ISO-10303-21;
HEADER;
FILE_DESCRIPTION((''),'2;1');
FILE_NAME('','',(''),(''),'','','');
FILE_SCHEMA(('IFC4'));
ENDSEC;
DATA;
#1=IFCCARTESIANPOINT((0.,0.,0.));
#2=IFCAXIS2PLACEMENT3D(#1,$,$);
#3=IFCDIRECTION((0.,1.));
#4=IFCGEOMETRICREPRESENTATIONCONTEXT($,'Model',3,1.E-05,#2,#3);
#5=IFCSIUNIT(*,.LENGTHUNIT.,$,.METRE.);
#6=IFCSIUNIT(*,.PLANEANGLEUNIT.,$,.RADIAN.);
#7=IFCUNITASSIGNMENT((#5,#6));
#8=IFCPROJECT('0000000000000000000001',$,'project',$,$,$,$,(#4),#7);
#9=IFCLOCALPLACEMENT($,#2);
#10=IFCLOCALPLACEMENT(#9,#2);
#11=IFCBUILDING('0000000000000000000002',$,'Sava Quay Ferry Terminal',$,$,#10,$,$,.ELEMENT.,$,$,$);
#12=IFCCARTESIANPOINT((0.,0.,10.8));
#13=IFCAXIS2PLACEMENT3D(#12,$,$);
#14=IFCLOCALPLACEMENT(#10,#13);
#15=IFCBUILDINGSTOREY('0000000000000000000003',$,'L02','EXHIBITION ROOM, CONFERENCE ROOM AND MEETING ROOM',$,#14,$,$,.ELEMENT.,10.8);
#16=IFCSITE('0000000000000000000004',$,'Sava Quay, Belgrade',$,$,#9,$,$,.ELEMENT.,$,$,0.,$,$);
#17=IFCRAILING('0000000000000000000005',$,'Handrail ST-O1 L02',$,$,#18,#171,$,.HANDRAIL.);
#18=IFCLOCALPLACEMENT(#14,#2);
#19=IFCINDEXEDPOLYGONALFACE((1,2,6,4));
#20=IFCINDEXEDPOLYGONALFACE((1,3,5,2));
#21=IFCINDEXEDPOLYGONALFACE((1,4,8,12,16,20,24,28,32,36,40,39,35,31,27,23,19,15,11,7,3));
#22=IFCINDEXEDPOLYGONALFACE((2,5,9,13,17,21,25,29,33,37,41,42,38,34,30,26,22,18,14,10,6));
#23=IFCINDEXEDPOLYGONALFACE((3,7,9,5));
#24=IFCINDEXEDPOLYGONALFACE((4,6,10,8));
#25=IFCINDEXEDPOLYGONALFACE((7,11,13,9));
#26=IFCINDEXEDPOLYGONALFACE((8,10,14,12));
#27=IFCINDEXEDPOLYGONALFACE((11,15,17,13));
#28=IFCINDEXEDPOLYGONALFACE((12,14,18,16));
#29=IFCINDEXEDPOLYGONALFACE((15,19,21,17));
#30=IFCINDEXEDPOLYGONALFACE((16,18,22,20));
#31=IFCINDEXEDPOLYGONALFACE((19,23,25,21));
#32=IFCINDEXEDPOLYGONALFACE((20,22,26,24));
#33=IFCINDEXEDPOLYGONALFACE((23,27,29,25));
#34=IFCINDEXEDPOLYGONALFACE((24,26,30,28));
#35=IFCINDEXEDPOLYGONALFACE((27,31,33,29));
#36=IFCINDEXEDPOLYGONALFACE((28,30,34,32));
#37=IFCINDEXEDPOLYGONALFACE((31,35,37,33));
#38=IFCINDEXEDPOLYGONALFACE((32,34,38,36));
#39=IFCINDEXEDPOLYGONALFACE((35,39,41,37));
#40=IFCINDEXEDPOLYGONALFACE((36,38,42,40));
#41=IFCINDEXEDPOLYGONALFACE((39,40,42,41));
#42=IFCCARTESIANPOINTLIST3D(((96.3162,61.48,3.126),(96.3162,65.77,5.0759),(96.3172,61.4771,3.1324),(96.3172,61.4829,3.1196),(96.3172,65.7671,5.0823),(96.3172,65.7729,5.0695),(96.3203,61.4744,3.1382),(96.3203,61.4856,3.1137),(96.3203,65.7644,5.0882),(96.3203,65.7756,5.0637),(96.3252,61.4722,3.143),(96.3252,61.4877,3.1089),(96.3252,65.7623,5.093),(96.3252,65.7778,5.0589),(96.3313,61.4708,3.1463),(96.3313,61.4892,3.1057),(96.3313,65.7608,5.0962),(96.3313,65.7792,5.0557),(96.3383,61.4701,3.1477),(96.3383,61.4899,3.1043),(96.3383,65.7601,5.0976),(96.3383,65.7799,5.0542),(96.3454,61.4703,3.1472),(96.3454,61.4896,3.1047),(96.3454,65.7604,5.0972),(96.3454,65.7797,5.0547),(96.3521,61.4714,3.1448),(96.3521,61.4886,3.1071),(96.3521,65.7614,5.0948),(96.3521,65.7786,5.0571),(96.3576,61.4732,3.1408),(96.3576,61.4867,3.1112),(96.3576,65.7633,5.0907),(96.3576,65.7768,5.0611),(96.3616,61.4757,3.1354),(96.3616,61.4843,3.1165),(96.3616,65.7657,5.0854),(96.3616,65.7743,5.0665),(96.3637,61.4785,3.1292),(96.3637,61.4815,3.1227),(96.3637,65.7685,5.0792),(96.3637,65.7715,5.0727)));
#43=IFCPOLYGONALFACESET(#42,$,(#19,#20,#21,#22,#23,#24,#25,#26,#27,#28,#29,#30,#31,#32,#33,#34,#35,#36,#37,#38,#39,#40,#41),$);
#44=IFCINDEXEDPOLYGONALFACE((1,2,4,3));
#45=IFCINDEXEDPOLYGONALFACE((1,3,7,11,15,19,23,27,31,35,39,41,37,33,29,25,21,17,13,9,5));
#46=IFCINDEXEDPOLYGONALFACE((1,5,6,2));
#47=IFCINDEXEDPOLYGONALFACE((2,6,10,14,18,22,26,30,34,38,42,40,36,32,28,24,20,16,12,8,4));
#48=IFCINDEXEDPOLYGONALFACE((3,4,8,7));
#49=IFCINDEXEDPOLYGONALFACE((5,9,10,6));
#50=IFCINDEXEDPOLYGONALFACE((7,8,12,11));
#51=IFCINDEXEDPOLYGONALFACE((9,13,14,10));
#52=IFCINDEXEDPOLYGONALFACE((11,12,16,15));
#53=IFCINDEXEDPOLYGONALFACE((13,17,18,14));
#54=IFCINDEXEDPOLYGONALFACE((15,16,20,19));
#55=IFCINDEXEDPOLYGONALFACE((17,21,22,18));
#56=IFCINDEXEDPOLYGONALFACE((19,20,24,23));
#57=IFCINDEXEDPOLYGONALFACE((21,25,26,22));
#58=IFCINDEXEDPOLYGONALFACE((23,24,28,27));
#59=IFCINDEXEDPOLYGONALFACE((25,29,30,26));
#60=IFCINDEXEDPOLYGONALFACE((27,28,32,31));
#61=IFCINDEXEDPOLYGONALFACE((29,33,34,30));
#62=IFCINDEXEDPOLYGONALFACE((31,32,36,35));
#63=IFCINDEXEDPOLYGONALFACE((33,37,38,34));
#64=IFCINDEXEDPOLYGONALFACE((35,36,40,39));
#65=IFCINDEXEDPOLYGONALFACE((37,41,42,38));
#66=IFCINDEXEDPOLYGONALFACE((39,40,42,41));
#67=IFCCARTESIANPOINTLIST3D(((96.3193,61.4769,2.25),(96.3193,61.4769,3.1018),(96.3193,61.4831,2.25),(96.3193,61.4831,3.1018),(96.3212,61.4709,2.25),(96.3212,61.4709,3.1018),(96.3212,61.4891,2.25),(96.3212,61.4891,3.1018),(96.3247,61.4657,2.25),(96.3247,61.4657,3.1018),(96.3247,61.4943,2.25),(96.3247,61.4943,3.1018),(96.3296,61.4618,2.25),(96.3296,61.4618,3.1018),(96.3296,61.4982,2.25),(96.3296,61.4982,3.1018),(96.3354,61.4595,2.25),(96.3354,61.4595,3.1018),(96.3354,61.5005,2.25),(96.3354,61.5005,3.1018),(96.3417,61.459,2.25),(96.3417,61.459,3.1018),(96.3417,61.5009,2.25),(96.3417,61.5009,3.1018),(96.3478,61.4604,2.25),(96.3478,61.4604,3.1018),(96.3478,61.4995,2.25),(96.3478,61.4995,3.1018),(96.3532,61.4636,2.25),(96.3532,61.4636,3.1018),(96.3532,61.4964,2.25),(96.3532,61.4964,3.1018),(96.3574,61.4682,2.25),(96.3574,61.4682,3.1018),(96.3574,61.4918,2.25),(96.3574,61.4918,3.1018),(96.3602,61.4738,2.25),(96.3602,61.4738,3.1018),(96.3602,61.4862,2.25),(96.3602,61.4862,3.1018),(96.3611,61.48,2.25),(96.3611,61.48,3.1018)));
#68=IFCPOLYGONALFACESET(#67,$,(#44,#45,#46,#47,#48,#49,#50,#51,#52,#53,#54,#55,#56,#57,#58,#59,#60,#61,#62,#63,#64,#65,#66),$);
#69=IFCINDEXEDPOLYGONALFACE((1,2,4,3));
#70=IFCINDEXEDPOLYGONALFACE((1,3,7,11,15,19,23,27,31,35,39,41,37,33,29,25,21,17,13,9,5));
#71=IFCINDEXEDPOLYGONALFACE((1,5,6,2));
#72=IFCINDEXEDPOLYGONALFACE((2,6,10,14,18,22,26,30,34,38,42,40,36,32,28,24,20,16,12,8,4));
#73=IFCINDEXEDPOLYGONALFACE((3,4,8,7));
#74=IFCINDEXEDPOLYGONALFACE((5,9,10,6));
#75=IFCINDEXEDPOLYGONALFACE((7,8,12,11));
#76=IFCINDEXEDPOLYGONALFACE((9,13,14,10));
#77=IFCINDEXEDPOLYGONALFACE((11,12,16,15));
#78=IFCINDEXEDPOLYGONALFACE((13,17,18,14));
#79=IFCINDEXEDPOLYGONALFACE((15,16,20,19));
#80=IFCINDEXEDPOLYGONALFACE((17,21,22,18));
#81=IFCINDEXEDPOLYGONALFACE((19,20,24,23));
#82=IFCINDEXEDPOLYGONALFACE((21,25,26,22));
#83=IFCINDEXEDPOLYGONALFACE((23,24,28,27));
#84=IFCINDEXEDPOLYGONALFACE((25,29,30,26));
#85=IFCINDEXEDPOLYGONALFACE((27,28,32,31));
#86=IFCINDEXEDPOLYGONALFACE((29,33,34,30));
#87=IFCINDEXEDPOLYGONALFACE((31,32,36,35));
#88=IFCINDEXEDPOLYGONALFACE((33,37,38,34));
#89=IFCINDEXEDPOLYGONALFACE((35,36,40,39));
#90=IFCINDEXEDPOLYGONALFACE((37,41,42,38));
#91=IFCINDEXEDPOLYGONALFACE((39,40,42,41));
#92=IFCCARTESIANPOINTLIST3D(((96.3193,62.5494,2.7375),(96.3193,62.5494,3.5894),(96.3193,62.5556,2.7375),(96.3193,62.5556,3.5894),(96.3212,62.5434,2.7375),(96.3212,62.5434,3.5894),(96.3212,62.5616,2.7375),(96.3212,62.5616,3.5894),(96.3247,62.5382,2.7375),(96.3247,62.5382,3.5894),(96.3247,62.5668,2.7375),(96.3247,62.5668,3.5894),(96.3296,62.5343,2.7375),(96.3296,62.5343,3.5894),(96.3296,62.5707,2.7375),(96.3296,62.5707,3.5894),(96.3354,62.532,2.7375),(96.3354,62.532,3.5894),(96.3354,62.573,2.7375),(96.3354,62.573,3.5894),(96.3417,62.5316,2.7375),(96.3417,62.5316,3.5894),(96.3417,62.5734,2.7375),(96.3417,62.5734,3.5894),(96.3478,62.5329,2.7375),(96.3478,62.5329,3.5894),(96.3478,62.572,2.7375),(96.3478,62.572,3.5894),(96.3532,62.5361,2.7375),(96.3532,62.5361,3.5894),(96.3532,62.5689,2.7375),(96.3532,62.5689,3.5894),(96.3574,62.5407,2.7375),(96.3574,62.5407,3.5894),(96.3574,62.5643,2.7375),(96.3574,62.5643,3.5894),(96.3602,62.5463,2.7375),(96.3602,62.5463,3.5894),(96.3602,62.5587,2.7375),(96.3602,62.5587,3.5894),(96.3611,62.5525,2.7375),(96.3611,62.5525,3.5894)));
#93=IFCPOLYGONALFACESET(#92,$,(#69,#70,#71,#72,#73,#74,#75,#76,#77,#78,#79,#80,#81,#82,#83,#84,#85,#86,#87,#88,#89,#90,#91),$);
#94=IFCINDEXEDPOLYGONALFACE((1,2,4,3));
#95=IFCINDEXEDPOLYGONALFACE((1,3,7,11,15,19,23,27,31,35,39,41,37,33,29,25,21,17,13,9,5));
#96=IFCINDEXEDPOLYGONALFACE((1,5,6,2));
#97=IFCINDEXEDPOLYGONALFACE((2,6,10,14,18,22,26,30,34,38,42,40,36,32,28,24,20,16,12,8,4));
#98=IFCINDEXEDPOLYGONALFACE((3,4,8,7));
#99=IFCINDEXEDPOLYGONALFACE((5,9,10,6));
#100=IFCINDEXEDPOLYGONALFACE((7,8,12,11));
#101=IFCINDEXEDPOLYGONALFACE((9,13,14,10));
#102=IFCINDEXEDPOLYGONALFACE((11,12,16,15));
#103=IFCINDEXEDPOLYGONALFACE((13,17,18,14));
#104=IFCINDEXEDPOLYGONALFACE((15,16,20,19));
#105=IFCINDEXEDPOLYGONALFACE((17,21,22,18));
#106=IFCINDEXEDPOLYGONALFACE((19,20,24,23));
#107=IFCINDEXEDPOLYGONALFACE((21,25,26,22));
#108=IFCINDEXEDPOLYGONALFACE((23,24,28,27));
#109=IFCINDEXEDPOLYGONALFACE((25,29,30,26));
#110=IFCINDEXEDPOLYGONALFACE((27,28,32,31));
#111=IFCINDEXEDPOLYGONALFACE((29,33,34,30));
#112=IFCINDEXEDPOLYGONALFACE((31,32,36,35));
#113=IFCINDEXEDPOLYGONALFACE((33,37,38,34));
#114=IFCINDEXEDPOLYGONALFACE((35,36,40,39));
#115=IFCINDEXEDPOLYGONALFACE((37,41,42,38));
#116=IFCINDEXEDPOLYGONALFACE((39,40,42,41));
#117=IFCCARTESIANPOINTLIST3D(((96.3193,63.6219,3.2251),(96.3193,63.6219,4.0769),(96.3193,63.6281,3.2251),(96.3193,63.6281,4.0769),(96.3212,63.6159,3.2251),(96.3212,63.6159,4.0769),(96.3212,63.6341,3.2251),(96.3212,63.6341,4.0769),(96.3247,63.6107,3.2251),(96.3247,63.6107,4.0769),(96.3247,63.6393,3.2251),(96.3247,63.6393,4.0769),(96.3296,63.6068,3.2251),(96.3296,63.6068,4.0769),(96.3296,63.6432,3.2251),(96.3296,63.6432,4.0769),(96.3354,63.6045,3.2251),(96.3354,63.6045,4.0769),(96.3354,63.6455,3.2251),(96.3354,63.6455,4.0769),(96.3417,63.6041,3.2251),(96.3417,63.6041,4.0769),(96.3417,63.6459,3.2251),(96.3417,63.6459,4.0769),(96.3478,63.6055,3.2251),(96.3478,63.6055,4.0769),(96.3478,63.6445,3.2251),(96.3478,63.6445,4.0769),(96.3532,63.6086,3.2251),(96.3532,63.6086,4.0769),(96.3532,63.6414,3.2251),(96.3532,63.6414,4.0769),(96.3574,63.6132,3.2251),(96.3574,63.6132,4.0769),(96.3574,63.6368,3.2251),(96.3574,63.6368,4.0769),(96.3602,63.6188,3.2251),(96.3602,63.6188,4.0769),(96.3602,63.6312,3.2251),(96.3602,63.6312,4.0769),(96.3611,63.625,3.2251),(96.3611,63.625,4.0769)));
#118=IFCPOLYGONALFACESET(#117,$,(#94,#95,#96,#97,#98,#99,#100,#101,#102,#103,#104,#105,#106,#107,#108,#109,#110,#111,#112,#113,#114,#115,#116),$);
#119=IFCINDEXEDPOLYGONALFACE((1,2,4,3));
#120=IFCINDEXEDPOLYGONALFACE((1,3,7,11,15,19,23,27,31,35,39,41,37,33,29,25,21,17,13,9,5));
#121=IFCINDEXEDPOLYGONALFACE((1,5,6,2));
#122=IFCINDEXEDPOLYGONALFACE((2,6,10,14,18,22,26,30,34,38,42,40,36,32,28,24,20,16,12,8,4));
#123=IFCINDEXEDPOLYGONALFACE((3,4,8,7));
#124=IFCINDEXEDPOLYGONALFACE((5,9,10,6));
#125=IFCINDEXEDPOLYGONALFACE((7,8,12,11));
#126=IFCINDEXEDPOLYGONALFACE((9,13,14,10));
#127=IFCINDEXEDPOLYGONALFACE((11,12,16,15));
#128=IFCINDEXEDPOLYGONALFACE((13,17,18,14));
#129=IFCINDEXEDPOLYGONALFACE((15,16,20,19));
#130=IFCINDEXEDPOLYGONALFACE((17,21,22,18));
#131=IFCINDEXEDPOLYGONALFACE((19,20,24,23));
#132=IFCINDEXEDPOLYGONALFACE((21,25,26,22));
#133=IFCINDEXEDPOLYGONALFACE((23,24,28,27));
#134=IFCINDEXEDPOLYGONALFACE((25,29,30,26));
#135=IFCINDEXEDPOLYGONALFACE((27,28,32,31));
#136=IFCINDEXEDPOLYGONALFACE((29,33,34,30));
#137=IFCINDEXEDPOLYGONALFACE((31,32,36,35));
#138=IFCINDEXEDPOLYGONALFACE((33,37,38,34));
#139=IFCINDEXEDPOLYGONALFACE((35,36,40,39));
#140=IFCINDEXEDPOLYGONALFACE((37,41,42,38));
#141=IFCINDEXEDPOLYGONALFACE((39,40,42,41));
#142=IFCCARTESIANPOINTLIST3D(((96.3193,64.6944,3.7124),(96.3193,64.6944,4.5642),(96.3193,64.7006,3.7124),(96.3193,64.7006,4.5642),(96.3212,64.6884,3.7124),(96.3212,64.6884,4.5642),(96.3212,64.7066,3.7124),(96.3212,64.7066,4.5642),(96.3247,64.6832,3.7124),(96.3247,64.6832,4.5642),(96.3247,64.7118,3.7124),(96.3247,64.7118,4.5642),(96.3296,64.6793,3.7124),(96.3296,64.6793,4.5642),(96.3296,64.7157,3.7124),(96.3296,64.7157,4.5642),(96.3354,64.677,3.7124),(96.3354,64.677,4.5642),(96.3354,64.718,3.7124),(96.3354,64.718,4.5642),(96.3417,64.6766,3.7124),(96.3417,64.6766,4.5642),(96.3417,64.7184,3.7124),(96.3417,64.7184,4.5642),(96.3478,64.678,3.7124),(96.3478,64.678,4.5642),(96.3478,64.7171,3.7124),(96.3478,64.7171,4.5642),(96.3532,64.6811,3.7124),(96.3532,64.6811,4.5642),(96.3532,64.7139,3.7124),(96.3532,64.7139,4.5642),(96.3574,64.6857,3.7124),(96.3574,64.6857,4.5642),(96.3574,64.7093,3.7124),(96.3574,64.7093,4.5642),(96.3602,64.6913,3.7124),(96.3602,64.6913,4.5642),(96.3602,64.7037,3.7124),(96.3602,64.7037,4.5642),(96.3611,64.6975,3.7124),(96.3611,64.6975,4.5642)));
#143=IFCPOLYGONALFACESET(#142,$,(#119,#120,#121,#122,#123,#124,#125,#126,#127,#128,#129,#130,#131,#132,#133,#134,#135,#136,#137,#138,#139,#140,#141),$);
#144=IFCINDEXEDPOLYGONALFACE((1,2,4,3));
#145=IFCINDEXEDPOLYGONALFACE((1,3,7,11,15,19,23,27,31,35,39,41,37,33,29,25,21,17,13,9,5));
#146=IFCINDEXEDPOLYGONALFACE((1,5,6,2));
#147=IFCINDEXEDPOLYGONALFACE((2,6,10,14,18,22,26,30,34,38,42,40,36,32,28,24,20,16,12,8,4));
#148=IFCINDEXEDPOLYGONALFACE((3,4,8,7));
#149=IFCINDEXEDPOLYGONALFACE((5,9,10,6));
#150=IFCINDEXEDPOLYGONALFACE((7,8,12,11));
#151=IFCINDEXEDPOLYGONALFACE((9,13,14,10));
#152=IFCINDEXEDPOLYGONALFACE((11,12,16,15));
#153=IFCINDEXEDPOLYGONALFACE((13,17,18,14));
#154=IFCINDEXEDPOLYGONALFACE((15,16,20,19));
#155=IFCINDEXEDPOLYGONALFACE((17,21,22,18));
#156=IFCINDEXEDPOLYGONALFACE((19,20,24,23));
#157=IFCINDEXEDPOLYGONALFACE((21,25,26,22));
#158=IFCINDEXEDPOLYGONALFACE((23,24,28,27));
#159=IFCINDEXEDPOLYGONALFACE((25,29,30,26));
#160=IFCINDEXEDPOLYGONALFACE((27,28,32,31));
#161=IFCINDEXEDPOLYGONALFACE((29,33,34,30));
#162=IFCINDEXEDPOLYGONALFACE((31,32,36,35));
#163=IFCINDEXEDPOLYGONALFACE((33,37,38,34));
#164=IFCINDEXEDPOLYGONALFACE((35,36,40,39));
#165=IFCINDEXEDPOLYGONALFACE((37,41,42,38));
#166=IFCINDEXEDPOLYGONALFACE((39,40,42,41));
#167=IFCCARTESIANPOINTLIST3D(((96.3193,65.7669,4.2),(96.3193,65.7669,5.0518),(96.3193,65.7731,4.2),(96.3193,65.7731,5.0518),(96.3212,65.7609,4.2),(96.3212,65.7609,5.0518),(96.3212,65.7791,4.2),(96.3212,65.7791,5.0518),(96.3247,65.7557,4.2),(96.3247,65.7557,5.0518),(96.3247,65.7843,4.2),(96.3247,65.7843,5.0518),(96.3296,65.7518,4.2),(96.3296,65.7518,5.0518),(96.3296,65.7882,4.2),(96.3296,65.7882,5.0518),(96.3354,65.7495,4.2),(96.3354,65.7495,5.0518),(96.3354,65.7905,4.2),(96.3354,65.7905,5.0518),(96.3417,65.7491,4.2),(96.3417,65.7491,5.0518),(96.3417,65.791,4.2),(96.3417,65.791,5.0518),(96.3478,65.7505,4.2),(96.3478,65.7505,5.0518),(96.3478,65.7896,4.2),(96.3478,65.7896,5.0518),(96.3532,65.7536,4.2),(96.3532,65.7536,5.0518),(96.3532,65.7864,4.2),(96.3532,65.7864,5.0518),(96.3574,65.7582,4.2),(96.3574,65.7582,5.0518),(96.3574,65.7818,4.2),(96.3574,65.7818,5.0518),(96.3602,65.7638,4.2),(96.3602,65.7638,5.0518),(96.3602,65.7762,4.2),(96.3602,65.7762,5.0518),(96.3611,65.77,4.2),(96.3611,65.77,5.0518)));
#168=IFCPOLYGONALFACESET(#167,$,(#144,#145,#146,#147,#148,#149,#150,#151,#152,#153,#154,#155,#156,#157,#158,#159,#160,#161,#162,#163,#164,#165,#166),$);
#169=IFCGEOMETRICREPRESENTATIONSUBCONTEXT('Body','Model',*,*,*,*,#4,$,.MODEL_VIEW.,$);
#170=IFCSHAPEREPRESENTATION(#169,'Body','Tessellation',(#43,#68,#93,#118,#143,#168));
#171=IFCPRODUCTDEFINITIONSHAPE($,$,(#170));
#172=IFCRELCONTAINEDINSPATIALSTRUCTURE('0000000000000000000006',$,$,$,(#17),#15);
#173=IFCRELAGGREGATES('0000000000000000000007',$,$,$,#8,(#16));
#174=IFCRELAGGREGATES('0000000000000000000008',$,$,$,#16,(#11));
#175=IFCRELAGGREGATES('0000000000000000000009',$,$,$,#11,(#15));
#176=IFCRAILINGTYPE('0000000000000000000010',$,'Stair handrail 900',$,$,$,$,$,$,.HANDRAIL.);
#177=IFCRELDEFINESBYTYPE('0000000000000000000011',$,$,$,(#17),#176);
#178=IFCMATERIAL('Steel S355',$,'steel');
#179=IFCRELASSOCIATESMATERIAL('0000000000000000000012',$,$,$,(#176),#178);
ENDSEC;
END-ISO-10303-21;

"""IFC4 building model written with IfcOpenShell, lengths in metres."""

from ifc_helpers import new_model, si_unit, direction, frame, origin, origin_2d, place, context, subcontext, project, spatial, circle, extrude, material, type_object, element, save


model = new_model("IFC4")

# Units and contexts
model_context = context("Model", 3, precision=1e-05, world=origin(), true_north=direction((0.0, 1.0)))
body_context = subcontext(model_context, "Body", "Model", "MODEL_VIEW")
ifc_project = project(units=[si_unit("LENGTHUNIT", "METRE"), si_unit("PLANEANGLEUNIT", "RADIAN")], contexts=[model_context])

# Site, building, storey
site_placement = place(None, origin())
site = spatial("IfcSite", under=ifc_project, at=site_placement, Name="Sava Quay, Belgrade", CompositionType="ELEMENT", RefElevation=0.0)
building_placement = place(site_placement, origin())
building = spatial("IfcBuilding", under=site, at=building_placement, Name="Sava Quay Ferry Terminal", CompositionType="ELEMENT")
storey_placement = place(building_placement, frame((0.0, 0.0, 10.8)))
storey = spatial("IfcBuildingStorey", under=building, at=storey_placement, Name="L02", Description="EXHIBITION ROOM, CONFERENCE ROOM AND MEETING ROOM", CompositionType="ELEMENT", Elevation=10.8)

# Railing
ifc_material_1 = material(Name="Steel S355", Category="steel")
railing_type_1 = type_object("IfcRailingType", Name="Stair handrail 900", PredefinedType="HANDRAIL", material=ifc_material_1)
railing_1_placement = place(storey_placement, frame((96.3401, 61.48, 2.25)))
element("IfcRailing", 1, at=railing_1_placement, inside=storey, type_object=railing_type_1, Name="Handrail ST-O1 L02", PredefinedType="HANDRAIL", context=body_context, shape_type="SweptSolid", body=[
    extrude(circle(Radius=0.0239, at=origin_2d()), frame((0.0, 0.0, 0.876), z_axis=(0.0, 0.910372, 0.413791), x_axis=(-1.0, 0.0, 0.0)), (0.0, 0.0, 1.0), 4.7124),
    extrude(circle(Radius=0.021, at=origin_2d()), origin(), (0.0, 0.0, 1.0), 0.8518),
    extrude(circle(Radius=0.021, at=origin_2d()), frame((0.0, 1.0725, 0.4875)), (0.0, 0.0, 1.0), 0.8518),
    extrude(circle(Radius=0.021, at=origin_2d()), frame((0.0, 2.145, 0.9751)), (0.0, 0.0, 1.0), 0.8518),
    extrude(circle(Radius=0.021, at=origin_2d()), frame((0.0, 3.2175, 1.4624)), (0.0, 0.0, 1.0), 0.8518),
    extrude(circle(Radius=0.021, at=origin_2d()), frame((0.0, 4.29, 1.95)), (0.0, 0.0, 1.0), 0.8518),
])

save(model, "model.ifc")
